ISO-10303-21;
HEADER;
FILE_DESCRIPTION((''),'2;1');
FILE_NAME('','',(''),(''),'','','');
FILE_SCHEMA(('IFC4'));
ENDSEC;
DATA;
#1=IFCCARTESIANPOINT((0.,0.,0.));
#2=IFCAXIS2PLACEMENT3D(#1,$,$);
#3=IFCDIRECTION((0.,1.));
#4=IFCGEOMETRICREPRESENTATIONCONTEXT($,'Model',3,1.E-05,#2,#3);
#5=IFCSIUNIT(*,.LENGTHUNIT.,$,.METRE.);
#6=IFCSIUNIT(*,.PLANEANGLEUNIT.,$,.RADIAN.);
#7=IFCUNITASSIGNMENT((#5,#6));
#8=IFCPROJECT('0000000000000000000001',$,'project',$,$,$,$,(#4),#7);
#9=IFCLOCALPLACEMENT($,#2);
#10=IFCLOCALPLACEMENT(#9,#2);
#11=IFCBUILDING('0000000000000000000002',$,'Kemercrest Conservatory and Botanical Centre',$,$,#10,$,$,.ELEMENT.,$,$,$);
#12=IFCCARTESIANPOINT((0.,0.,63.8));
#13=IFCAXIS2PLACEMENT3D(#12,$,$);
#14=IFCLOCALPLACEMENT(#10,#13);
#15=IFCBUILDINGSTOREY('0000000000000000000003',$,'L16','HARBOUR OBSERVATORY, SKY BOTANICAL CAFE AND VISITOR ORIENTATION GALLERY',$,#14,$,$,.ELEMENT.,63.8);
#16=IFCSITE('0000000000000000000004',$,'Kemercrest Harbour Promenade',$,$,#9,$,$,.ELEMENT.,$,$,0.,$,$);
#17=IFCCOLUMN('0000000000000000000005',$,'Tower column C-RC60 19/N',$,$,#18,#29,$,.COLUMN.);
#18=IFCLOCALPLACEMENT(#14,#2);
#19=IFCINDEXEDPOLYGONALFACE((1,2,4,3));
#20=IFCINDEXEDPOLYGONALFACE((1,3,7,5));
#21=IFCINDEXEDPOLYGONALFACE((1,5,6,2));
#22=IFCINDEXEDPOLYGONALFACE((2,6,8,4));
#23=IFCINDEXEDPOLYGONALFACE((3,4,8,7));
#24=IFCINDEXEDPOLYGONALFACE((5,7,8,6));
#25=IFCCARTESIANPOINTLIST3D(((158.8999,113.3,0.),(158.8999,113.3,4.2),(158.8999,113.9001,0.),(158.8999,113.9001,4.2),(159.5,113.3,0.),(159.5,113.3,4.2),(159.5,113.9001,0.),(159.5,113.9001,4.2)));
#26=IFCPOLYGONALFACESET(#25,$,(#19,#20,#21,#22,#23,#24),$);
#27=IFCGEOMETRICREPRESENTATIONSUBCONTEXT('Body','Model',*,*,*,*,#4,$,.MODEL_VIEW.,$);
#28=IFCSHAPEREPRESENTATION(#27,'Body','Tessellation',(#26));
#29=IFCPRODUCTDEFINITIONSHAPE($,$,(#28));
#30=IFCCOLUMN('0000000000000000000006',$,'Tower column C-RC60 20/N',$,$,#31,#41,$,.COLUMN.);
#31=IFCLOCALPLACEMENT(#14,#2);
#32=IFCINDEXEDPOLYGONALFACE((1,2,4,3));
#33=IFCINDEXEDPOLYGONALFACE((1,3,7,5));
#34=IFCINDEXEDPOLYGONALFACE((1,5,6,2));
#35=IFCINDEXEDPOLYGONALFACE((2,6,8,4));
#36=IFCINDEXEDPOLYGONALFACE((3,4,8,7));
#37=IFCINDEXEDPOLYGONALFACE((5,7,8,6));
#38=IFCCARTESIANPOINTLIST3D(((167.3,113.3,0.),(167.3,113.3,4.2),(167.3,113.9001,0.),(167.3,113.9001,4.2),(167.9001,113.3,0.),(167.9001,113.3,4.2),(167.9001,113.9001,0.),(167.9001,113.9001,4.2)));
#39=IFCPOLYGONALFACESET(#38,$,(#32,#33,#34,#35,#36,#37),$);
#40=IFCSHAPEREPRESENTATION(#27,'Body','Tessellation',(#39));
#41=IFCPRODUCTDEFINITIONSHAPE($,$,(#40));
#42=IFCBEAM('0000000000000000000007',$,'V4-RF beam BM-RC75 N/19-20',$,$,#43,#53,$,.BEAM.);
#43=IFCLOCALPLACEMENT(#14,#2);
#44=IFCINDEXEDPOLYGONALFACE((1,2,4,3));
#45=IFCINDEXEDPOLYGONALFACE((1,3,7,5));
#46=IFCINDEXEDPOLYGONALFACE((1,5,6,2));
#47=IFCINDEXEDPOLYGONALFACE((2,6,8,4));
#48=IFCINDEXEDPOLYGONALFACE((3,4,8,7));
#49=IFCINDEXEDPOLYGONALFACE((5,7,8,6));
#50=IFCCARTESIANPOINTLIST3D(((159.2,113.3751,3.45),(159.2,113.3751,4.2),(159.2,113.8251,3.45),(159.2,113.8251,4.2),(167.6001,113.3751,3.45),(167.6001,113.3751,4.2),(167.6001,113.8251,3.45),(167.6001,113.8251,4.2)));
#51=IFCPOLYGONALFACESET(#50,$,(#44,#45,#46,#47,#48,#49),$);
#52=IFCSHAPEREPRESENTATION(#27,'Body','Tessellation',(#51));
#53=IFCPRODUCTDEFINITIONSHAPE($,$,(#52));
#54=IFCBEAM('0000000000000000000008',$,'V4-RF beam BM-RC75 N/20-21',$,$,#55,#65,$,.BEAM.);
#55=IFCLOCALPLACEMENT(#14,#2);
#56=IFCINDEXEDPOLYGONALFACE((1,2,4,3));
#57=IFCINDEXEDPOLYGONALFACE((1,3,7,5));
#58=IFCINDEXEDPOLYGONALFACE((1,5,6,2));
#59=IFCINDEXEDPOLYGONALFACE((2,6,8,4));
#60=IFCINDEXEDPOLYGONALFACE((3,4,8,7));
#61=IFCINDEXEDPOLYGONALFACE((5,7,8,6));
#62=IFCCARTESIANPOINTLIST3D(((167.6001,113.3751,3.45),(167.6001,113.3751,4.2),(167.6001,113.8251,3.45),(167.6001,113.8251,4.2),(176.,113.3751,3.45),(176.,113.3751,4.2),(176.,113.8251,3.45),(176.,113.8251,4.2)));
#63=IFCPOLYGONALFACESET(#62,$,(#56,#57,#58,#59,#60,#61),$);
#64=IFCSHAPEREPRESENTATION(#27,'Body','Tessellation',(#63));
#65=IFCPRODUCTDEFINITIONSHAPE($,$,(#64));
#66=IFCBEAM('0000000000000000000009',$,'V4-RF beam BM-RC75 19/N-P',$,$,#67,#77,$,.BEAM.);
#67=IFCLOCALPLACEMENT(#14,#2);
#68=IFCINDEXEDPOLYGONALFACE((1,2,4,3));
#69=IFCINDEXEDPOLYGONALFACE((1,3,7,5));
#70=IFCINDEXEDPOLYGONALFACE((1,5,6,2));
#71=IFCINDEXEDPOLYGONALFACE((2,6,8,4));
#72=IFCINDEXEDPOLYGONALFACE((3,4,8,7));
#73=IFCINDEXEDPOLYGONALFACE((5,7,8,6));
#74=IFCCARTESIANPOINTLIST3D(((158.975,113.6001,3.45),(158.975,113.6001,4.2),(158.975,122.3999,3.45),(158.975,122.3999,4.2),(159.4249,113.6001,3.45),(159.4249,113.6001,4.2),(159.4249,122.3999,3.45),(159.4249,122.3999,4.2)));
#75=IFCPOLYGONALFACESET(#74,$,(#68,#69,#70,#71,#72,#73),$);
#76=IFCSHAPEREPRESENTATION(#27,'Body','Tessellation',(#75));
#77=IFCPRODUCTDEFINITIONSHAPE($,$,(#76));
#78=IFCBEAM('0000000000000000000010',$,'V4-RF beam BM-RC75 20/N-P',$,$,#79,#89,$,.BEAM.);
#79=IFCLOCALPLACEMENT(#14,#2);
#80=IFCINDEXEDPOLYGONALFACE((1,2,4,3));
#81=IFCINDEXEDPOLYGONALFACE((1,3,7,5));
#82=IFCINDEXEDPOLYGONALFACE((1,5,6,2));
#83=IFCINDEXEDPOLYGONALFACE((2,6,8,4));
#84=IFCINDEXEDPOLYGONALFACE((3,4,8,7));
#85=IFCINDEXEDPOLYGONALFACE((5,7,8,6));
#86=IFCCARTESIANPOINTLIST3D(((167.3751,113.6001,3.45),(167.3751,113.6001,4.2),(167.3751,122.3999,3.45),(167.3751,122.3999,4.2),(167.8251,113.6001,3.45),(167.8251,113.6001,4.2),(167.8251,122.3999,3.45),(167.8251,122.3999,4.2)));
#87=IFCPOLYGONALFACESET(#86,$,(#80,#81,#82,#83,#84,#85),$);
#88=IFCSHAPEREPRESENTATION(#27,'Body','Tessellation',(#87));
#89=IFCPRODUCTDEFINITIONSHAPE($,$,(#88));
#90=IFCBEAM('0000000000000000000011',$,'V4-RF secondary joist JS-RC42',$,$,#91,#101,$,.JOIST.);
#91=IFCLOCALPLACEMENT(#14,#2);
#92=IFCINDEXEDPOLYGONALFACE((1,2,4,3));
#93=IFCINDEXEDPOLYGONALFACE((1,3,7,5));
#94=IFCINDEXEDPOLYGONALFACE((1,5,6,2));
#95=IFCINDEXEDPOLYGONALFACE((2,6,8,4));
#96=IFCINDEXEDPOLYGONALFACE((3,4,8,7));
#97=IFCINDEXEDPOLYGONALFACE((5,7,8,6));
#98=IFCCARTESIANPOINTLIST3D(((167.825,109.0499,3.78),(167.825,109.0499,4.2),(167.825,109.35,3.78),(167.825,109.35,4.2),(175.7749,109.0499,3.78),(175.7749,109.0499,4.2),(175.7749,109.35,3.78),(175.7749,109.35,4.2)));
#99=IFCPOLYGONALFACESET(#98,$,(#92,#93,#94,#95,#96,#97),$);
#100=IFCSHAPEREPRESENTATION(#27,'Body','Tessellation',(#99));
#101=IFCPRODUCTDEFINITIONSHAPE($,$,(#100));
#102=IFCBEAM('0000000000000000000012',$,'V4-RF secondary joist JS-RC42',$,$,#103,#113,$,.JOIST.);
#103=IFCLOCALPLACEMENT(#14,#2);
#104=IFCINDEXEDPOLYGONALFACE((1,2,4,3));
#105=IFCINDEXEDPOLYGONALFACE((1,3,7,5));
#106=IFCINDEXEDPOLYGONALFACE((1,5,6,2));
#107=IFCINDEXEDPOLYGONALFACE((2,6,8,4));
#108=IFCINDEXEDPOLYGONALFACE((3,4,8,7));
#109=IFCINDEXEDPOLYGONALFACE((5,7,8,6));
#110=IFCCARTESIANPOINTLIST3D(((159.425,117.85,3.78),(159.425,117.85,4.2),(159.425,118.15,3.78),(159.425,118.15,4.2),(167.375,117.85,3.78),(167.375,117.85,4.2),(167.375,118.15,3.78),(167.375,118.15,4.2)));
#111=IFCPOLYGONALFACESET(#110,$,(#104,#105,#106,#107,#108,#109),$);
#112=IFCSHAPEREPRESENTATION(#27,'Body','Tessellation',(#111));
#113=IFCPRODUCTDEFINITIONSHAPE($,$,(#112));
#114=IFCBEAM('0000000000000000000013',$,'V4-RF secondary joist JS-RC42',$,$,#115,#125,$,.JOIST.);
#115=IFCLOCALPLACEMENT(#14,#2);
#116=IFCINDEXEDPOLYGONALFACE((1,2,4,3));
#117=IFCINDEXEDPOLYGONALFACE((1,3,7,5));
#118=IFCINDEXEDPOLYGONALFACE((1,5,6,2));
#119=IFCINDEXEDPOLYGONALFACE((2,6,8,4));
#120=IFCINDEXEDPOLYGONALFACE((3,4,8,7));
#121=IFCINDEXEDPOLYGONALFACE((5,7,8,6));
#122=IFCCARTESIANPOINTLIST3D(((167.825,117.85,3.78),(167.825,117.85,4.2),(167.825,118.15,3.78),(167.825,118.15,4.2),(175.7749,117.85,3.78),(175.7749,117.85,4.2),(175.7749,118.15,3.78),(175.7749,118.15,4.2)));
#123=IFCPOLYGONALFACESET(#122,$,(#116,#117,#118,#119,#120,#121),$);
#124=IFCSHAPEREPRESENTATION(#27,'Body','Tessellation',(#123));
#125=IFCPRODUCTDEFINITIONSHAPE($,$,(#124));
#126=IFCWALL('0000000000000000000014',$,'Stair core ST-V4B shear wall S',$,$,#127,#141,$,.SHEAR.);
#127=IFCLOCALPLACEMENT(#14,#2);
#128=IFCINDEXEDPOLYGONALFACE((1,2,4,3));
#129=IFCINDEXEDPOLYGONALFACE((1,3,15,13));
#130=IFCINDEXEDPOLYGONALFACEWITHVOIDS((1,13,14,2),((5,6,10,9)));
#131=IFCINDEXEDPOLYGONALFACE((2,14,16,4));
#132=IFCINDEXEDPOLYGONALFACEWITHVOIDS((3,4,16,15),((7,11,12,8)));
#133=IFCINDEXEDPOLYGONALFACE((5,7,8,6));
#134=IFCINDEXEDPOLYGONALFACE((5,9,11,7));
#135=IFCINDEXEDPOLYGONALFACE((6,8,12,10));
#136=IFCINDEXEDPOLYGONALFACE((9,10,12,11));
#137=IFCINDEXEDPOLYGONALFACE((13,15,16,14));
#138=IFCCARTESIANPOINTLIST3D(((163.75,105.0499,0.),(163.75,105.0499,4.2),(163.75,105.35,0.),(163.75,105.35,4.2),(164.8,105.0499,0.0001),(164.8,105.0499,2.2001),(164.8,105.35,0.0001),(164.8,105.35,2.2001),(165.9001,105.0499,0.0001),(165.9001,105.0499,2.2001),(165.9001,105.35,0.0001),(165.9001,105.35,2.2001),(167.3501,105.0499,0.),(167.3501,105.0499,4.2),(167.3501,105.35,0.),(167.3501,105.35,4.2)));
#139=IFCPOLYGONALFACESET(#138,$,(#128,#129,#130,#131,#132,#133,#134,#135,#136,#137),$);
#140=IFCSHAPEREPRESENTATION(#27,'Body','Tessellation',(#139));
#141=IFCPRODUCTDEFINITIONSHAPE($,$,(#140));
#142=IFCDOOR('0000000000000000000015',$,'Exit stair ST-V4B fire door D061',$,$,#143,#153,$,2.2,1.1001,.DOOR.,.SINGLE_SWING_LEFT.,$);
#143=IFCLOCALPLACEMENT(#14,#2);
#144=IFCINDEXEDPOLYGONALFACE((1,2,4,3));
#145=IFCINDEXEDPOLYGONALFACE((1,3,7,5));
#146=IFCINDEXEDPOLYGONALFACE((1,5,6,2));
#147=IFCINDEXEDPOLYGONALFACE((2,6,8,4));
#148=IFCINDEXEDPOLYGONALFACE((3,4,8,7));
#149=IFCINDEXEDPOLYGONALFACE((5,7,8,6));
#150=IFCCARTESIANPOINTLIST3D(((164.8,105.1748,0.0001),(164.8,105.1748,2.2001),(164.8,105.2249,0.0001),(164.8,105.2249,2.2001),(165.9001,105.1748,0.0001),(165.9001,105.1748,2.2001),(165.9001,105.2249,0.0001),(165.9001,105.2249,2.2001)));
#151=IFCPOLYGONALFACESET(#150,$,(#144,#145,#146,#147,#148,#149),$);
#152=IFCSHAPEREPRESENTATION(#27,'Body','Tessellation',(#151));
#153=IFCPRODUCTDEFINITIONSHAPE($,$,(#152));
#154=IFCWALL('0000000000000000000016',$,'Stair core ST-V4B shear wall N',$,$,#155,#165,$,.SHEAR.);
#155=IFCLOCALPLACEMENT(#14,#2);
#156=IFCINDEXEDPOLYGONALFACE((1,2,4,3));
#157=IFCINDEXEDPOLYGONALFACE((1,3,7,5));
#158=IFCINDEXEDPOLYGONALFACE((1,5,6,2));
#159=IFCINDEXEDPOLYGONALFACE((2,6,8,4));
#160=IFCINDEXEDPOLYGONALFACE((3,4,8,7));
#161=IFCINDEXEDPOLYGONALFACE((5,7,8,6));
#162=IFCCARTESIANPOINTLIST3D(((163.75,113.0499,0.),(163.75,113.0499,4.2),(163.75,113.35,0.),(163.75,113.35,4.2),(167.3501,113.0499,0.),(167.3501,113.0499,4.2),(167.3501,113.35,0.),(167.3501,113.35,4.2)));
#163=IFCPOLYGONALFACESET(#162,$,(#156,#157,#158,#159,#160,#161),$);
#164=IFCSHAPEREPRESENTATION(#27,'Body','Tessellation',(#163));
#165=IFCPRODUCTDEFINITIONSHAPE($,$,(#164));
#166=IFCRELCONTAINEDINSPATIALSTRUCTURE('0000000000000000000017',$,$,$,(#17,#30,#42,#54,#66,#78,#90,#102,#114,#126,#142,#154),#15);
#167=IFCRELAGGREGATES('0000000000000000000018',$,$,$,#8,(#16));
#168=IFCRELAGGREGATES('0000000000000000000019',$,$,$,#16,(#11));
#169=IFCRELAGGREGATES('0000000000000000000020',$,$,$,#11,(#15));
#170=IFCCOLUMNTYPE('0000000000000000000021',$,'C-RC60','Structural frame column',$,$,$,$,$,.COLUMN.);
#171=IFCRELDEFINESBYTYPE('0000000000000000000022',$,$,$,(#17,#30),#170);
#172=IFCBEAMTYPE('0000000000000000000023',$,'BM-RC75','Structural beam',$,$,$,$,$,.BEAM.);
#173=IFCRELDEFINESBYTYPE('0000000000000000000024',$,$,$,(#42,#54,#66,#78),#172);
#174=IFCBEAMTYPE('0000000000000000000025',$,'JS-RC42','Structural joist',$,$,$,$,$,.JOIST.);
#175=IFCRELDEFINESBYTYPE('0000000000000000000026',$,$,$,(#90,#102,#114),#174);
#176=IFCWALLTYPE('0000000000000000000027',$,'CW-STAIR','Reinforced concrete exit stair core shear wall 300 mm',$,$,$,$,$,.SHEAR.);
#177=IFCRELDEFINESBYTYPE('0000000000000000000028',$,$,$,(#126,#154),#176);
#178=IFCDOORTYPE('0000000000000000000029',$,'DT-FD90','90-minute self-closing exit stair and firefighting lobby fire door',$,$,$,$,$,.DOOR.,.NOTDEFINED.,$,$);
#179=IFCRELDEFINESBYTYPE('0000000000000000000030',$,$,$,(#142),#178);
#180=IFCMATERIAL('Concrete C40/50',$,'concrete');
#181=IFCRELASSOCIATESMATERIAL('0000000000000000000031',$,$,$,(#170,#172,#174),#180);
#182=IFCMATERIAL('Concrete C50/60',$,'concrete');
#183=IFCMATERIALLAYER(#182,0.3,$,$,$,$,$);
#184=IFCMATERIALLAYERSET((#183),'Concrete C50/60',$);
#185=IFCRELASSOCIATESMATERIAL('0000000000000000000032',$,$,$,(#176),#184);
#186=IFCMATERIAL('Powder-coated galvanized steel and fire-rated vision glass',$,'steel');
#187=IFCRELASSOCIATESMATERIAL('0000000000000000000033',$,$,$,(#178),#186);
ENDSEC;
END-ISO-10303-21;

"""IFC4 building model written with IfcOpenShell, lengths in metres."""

from ifc_helpers import new_model, si_unit, direction, frame, frame_2d, origin, origin_2d, place, context, subcontext, project, spatial, rectangle, extrude, material, layer, layer_set, material_profile, profile_set, type_object, element, fill, save


model = new_model("IFC4")

# Units and contexts
model_context = context("Model", 3, precision=1e-05, world=origin(), true_north=direction((0.0, 1.0)))
body_context = subcontext(model_context, "Body", "Model", "MODEL_VIEW")
ifc_project = project(units=[si_unit("LENGTHUNIT", "METRE"), si_unit("PLANEANGLEUNIT", "RADIAN")], contexts=[model_context])

# Site, building, storey
site_placement = place(None, origin())
site = spatial("IfcSite", under=ifc_project, at=site_placement, Name="Kemercrest Harbour Promenade", CompositionType="ELEMENT", RefElevation=0.0)
building_placement = place(site_placement, origin())
building = spatial("IfcBuilding", under=site, at=building_placement, Name="Kemercrest Conservatory and Botanical Centre", CompositionType="ELEMENT")
storey_placement = place(building_placement, frame((0.0, 0.0, 63.8)))
storey = spatial("IfcBuildingStorey", under=building, at=storey_placement, Name="L16", Description="HARBOUR OBSERVATORY, SKY BOTANICAL CAFE AND VISITOR ORIENTATION GALLERY", CompositionType="ELEMENT", Elevation=63.8)

# Columns
ifc_material_1 = material(Name="Concrete C40/50", Category="concrete")
ifc_material_profile_1 = material_profile(ifc_material_1, rectangle(XDim=0.6001, YDim=0.6001, at=origin_2d()), Name="RC 600x600")
ifc_profile_set_1 = profile_set([ifc_material_profile_1], Name="Concrete C40/50")
column_type = type_object("IfcColumnType", Name="C-RC60", Description="Structural frame column", PredefinedType="COLUMN", material=ifc_profile_set_1)
for number, where, z_axis, x_axis, name in (
    (1, (159.2, 113.6001, 0.0), (0.0, 0.0, 1.0), (1.0, 0.0, 0.0), "Tower column C-RC60 19/N"),
    (2, (167.6001, 113.6001, 0.0), (0.0, 0.0, 1.0), (1.0, 0.0, 0.0), "Tower column C-RC60 20/N"),
):
    element("IfcColumn", number, at=place(storey_placement, frame(where, z_axis=z_axis, x_axis=x_axis)), inside=storey, type_object=column_type, Name=name, PredefinedType="COLUMN", context=body_context, shape_type="SweptSolid", body=[
        extrude(rectangle(XDim=0.6001, YDim=0.6001, at=origin_2d()), origin(), (0.0, 0.0, 1.0), 4.2),
    ])

# Beams
ifc_material_profile_2 = material_profile(ifc_material_1, rectangle(XDim=0.45, YDim=0.75, at=origin_2d()), Name="RC 450x750")
ifc_profile_set_2 = profile_set([ifc_material_profile_2], Name="Concrete C40/50")
beam_type_1 = type_object("IfcBeamType", Name="BM-RC75", Description="Structural beam", PredefinedType="BEAM", material=ifc_profile_set_2)
beam_1_placement = place(storey_placement, frame((159.2, 113.6001, 3.825), z_axis=(1.0, 0.0, 0.0), x_axis=(0.0, 1.0, 0.0)))
element("IfcBeam", 3, at=beam_1_placement, inside=storey, type_object=beam_type_1, Name="V4-RF beam BM-RC75 N/19-20", PredefinedType="BEAM", context=body_context, shape_type="SweptSolid", body=[
    extrude(rectangle(XDim=0.45, YDim=0.75, at=origin_2d()), origin(), (0.0, 0.0, 1.0), 8.4001),
])
beam_2_placement = place(storey_placement, frame((167.6001, 113.6001, 3.825), z_axis=(1.0, 0.0, 0.0), x_axis=(0.0, 1.0, 0.0)))
element("IfcBeam", 4, at=beam_2_placement, inside=storey, type_object=beam_type_1, Name="V4-RF beam BM-RC75 N/20-21", PredefinedType="BEAM", context=body_context, shape_type="SweptSolid", body=[
    extrude(rectangle(XDim=0.45, YDim=0.75, at=origin_2d()), origin(), (0.0, 0.0, 1.0), 8.3999),
])
for number, where, z_axis, x_axis, name in (
    (5, (159.2, 113.6001, 3.825), (0.0, 1.0, 0.0), (-1.0, 0.0, 0.0), "V4-RF beam BM-RC75 19/N-P"),
    (6, (167.6001, 113.6001, 3.825), (0.0, 1.0, 0.0), (-1.0, 0.0, 0.0), "V4-RF beam BM-RC75 20/N-P"),
):
    element("IfcBeam", number, at=place(storey_placement, frame(where, z_axis=z_axis, x_axis=x_axis)), inside=storey, type_object=beam_type_1, Name=name, PredefinedType="BEAM", context=body_context, shape_type="SweptSolid", body=[
        extrude(rectangle(XDim=0.45, YDim=0.75, at=origin_2d()), origin(), (0.0, 0.0, 1.0), 8.7998),
    ])
ifc_material_profile_3 = material_profile(ifc_material_1, rectangle(XDim=0.3, YDim=0.4199, at=origin_2d()), Name="RC 300x420")
ifc_profile_set_3 = profile_set([ifc_material_profile_3], Name="Concrete C40/50")
beam_type_2 = type_object("IfcBeamType", Name="JS-RC42", Description="Structural joist", PredefinedType="JOIST", material=ifc_profile_set_3)
for number, where, z_axis, x_axis, name in (
    (7, (167.825, 109.2, 3.99), (1.0, 0.0, 0.0), (0.0, 1.0, 0.0), "V4-RF secondary joist JS-RC42"),
    (8, (159.425, 118.0, 3.99), (1.0, 0.0, 0.0), (0.0, 1.0, 0.0), "V4-RF secondary joist JS-RC42"),
    (9, (167.825, 118.0, 3.99), (1.0, 0.0, 0.0), (0.0, 1.0, 0.0), "V4-RF secondary joist JS-RC42"),
):
    element("IfcBeam", number, at=place(storey_placement, frame(where, z_axis=z_axis, x_axis=x_axis)), inside=storey, type_object=beam_type_2, Name=name, PredefinedType="JOIST", context=body_context, shape_type="SweptSolid", body=[
        extrude(rectangle(XDim=0.3, YDim=0.4199, at=origin_2d()), origin(), (0.0, 0.0, 1.0), 7.95),
    ])

# Wall, opening, door
ifc_material_2 = material(Name="Concrete C50/60", Category="concrete")
ifc_layer_1 = layer(ifc_material_2, 0.3)
ifc_layer_set_1 = layer_set([ifc_layer_1], Name="Concrete C50/60")
wall_type_1 = type_object("IfcWallType", Name="CW-STAIR", Description="Reinforced concrete exit stair core shear wall 300 mm", PredefinedType="SHEAR", material=ifc_layer_set_1)
wall_1_placement = place(storey_placement, frame((163.75, 105.2, 0.0), z_axis=(0.0, 0.0, 1.0), x_axis=(1.0, 0.0, 0.0)))
wall_1 = element("IfcWall", 10, at=wall_1_placement, inside=storey, type_object=wall_type_1, Name="Stair core ST-V4B shear wall S", PredefinedType="SHEAR", context=body_context, shape_type="SweptSolid", body=[
    extrude(rectangle(XDim=3.6001, YDim=0.3, at=frame_2d((1.8, 0.0))), origin(), (0.0, 0.0, 1.0), 4.2),
])
opening_1_placement = place(wall_1_placement, frame((1.05, 0.0, 0.0)))
opening_1 = element("IfcOpeningElement", 11, at=opening_1_placement, cuts=wall_1, PredefinedType="OPENING", context=body_context, shape_type="SweptSolid", body=[
    extrude(rectangle(XDim=1.1001, YDim=2.2, at=frame_2d((0.55, 1.1001))), frame((0.0, 0.1602, 0.0), z_axis=(0.0, -1.0, 0.0), x_axis=(1.0, 0.0, 0.0)), (0.0, 0.0, 1.0), 0.3201),
])
ifc_material_3 = material(Name="Powder-coated galvanized steel and fire-rated vision glass", Category="steel")
door_type_1 = type_object("IfcDoorType", Name="DT-FD90", Description="90-minute self-closing exit stair and firefighting lobby fire door", OperationType="NOTDEFINED", PredefinedType="DOOR", material=ifc_material_3)
door_1_placement = place(opening_1_placement, origin())
door_1 = element("IfcDoor", 12, at=door_1_placement, inside=storey, type_object=door_type_1, Name="Exit stair ST-V4B fire door D061", OperationType="SINGLE_SWING_LEFT", OverallHeight=2.2, OverallWidth=1.1001, PredefinedType="DOOR", context=body_context, shape_type="SweptSolid", body=[
    extrude(rectangle(XDim=1.1001, YDim=2.2, at=frame_2d((0.55, 1.1001))), frame((0.0, 0.0249, 0.0), z_axis=(0.0, -1.0, 0.0), x_axis=(1.0, 0.0, 0.0)), (0.0, 0.0, 1.0), 0.05),
])
fill(opening_1, door_1)

# Wall
wall_2_placement = place(storey_placement, frame((163.75, 113.2, 0.0), z_axis=(0.0, 0.0, 1.0), x_axis=(1.0, 0.0, 0.0)))
element("IfcWall", 13, at=wall_2_placement, inside=storey, type_object=wall_type_1, Name="Stair core ST-V4B shear wall N", PredefinedType="SHEAR", context=body_context, shape_type="SweptSolid", body=[
    extrude(rectangle(XDim=3.6001, YDim=0.3, at=frame_2d((1.8, 0.0))), origin(), (0.0, 0.0, 1.0), 4.2),
])

save(model, "model.ifc")
